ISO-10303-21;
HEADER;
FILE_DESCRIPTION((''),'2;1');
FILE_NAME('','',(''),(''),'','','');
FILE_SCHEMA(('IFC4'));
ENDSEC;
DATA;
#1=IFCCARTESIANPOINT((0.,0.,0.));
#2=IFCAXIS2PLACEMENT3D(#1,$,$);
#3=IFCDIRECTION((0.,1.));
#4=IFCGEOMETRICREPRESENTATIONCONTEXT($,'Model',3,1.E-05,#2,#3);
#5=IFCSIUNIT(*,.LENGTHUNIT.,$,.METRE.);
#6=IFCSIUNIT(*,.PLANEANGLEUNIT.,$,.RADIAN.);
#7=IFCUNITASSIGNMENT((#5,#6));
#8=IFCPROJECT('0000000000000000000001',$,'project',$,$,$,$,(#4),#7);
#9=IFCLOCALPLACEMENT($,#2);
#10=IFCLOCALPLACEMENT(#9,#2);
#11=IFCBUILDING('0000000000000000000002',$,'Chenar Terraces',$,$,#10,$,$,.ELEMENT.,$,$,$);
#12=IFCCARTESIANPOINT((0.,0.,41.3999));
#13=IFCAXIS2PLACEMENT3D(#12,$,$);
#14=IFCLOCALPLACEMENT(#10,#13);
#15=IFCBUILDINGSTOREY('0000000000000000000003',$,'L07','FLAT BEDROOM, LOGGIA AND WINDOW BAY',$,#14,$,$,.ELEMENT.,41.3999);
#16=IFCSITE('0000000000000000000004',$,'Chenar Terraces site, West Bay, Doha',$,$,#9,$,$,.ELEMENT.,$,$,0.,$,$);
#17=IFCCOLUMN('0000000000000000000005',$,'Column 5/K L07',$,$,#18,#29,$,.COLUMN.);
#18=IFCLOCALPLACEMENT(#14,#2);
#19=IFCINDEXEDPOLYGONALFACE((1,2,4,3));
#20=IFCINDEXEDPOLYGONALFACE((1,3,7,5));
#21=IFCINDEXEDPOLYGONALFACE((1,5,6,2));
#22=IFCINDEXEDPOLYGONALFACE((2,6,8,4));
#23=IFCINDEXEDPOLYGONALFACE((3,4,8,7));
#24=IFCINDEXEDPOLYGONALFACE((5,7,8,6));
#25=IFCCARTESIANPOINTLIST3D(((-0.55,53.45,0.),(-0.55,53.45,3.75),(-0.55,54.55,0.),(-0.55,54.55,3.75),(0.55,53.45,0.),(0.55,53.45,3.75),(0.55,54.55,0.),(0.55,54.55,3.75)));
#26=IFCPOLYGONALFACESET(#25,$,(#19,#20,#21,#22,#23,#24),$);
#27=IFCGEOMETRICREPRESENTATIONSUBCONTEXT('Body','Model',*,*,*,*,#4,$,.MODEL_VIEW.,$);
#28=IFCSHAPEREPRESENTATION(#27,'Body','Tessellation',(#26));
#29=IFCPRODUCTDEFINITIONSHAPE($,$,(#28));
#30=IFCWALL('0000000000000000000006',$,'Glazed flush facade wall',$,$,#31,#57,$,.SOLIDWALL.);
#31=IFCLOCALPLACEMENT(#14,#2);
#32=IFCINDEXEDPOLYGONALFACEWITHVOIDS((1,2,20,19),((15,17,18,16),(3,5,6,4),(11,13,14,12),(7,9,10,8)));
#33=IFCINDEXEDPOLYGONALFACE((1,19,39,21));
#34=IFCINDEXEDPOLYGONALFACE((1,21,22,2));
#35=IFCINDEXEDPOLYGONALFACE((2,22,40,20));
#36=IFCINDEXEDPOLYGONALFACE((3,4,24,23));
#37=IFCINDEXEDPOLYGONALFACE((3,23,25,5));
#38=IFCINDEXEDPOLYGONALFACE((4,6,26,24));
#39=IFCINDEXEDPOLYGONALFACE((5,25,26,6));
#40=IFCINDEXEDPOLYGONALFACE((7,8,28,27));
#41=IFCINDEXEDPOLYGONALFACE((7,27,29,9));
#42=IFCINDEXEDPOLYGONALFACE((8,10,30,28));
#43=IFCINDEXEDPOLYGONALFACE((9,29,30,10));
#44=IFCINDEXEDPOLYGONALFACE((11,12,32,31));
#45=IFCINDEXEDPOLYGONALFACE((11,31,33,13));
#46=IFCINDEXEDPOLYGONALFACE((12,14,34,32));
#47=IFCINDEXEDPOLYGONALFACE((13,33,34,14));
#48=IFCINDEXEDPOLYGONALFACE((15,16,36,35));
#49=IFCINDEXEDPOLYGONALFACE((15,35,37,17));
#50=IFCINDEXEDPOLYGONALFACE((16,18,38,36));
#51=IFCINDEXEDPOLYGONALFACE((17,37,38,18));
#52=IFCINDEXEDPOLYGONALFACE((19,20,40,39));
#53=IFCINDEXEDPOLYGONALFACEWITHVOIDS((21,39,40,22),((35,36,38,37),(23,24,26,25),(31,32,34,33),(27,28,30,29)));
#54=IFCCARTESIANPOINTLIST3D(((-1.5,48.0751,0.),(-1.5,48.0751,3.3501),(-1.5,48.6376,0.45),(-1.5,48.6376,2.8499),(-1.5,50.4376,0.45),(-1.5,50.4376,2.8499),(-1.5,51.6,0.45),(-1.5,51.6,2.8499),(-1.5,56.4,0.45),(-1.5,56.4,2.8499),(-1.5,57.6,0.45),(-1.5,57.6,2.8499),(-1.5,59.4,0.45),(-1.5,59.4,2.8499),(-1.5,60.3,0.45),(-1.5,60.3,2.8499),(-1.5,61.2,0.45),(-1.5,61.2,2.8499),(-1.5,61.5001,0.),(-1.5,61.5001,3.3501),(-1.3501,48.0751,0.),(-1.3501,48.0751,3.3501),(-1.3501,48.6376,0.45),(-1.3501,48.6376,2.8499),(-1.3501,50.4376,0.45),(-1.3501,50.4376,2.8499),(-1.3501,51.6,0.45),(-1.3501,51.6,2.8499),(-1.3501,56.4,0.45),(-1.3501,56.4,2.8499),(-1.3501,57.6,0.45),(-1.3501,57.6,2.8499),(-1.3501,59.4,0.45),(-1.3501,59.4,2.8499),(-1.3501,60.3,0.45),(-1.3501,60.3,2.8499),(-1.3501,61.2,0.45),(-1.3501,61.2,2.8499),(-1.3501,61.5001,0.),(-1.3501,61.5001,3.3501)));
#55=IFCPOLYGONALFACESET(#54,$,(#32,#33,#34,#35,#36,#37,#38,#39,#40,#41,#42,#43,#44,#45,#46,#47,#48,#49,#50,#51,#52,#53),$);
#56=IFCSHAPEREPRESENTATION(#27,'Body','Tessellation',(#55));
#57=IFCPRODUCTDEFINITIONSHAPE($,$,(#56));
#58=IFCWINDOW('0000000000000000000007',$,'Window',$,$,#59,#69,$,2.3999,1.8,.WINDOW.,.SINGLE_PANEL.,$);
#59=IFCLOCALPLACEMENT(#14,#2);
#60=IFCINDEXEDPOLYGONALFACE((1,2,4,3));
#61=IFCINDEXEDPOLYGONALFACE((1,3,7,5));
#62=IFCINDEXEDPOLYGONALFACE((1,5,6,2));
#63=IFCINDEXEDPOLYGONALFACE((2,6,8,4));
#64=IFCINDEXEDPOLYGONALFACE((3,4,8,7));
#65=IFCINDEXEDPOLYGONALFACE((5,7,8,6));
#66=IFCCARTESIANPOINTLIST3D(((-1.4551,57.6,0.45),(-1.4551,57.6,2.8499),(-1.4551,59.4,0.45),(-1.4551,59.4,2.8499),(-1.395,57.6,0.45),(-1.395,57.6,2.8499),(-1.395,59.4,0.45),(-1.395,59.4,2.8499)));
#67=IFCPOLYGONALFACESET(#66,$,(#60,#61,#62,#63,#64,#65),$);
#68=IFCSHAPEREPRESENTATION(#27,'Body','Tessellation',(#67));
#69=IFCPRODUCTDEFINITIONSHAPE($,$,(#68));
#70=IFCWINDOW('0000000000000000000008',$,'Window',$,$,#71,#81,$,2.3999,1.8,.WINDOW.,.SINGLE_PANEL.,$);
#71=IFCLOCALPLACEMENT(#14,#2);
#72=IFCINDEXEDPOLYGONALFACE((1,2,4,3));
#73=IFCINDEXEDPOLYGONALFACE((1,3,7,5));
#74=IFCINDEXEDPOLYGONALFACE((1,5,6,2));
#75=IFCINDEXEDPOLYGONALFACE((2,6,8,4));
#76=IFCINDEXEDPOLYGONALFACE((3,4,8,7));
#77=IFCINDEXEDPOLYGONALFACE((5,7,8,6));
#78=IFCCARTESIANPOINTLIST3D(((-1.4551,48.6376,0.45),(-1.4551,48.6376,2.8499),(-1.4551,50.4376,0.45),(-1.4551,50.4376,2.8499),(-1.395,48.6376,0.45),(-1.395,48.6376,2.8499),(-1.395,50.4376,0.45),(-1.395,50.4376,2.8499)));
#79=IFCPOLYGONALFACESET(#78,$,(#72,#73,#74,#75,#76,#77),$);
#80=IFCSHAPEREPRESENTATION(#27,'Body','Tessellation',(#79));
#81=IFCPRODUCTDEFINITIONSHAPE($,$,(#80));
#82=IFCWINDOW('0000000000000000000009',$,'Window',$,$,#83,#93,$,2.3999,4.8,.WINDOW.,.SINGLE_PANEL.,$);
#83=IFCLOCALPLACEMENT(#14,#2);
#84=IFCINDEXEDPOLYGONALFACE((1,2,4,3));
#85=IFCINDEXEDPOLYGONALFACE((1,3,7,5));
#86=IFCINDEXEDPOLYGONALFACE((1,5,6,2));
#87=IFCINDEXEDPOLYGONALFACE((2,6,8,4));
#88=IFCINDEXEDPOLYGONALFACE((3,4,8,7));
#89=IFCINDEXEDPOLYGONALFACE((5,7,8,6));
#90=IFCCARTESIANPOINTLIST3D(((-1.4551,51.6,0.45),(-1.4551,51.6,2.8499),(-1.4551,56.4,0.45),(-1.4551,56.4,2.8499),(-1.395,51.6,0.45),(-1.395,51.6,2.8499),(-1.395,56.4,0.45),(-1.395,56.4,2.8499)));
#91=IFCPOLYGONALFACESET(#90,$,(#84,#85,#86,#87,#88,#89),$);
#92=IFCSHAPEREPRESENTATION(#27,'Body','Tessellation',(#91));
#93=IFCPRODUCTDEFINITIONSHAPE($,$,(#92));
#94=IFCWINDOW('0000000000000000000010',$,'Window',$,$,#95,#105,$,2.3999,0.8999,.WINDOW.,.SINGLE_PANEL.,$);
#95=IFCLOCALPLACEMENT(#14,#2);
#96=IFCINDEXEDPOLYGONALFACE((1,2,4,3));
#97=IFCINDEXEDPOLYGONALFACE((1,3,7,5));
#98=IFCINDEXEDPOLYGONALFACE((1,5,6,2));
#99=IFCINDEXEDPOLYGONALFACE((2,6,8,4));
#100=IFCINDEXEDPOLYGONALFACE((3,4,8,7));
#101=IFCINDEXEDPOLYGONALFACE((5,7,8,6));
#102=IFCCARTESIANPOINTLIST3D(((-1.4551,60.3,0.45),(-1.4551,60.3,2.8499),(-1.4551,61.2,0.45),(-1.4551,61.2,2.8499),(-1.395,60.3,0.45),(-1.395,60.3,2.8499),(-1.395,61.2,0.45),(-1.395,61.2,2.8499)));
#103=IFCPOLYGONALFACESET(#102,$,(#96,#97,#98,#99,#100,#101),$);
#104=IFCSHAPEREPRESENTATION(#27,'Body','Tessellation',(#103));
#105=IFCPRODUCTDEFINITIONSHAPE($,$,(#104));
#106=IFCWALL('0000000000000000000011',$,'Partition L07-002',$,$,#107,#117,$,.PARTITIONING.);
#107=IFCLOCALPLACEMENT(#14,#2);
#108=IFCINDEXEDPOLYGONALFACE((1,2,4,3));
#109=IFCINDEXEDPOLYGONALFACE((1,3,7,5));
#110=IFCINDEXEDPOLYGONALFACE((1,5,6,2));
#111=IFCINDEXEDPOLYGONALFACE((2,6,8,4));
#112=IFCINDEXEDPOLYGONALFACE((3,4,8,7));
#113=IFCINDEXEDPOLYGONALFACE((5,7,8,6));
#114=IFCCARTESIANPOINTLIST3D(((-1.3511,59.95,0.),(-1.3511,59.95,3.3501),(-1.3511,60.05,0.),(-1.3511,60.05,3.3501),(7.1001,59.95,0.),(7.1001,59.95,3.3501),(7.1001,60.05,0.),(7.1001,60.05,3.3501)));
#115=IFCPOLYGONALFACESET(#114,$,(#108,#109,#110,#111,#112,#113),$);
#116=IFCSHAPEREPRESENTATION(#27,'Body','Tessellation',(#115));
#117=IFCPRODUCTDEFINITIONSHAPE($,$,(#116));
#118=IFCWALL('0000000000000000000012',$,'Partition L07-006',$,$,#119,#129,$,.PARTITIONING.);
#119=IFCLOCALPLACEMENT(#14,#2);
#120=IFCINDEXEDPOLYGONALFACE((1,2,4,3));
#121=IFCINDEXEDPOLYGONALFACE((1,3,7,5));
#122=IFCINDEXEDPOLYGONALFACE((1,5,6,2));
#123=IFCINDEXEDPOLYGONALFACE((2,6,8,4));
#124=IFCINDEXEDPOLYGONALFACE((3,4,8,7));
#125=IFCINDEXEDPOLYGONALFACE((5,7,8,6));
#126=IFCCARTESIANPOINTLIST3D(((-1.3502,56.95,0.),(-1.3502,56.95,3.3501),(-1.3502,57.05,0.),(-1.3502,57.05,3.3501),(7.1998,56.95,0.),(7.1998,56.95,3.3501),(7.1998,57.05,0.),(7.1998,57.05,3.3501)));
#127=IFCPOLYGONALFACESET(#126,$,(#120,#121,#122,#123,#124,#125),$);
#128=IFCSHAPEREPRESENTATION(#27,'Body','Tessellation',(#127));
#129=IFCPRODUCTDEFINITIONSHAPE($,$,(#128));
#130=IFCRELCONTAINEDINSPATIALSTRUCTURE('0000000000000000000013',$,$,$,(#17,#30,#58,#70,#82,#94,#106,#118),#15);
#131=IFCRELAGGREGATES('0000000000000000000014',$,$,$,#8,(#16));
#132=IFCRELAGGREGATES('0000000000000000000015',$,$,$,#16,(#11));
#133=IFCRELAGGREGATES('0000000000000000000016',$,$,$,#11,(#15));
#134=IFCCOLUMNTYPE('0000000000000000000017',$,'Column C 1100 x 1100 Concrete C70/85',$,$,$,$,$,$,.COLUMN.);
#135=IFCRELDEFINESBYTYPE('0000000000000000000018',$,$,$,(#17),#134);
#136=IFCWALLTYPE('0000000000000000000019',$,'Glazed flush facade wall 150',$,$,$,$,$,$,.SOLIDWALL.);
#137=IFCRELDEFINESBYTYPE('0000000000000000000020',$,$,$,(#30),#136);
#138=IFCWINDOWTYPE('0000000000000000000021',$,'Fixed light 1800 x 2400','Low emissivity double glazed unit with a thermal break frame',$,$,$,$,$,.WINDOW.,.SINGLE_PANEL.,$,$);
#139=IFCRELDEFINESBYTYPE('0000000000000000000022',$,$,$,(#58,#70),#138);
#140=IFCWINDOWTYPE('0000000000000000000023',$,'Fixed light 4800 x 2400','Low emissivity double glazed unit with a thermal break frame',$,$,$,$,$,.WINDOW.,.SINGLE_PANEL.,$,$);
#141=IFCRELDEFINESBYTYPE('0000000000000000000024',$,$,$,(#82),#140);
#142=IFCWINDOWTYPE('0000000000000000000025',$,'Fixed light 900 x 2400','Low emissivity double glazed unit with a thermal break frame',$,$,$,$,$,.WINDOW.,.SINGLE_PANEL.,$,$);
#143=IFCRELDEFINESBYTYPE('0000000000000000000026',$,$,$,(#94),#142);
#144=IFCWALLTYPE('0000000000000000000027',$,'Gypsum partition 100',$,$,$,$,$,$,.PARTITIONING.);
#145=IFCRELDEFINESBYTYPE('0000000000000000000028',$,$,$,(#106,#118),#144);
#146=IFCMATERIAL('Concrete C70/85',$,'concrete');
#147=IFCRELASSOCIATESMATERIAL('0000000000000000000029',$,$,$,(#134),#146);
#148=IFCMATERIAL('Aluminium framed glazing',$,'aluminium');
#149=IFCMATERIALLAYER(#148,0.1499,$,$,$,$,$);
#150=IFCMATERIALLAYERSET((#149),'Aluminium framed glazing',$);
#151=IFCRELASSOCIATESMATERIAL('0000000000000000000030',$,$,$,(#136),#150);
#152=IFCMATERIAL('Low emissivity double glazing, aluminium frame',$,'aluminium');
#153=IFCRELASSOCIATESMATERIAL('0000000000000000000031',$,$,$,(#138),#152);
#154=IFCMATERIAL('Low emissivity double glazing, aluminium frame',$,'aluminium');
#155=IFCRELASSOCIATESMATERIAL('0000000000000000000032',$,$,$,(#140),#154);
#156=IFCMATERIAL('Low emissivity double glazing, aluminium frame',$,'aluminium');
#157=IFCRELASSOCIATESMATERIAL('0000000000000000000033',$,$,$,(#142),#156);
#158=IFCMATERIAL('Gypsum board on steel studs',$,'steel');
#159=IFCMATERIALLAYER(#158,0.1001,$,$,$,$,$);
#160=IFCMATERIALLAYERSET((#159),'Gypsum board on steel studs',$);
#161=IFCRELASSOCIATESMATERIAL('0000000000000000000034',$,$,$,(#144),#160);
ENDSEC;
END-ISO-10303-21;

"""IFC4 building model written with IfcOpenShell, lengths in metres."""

from ifc_helpers import new_model, si_unit, direction, frame, frame_2d, origin, origin_2d, place, context, subcontext, project, spatial, rectangle, extrude, material, layer, layer_set, material_profile, profile_set, type_object, element, fill, save


model = new_model("IFC4")

# Units and contexts
model_context = context("Model", 3, precision=1e-05, world=origin(), true_north=direction((0.0, 1.0)))
body_context = subcontext(model_context, "Body", "Model", "MODEL_VIEW")
ifc_project = project(units=[si_unit("LENGTHUNIT", "METRE"), si_unit("PLANEANGLEUNIT", "RADIAN")], contexts=[model_context])

# Site, building, storey
site_placement = place(None, origin())
site = spatial("IfcSite", under=ifc_project, at=site_placement, Name="Chenar Terraces site, West Bay, Doha", CompositionType="ELEMENT", RefElevation=0.0)
building_placement = place(site_placement, origin())
building = spatial("IfcBuilding", under=site, at=building_placement, Name="Chenar Terraces", CompositionType="ELEMENT")
storey_placement = place(building_placement, frame((0.0, 0.0, 41.3999)))
storey = spatial("IfcBuildingStorey", under=building, at=storey_placement, Name="L07", Description="FLAT BEDROOM, LOGGIA AND WINDOW BAY", CompositionType="ELEMENT", Elevation=41.3999)

# Column
ifc_material_1 = material(Name="Concrete C70/85", Category="concrete")
ifc_material_profile_1 = material_profile(ifc_material_1, rectangle(XDim=1.1001, YDim=1.1001, at=origin_2d()), Name="C 1100 x 1100")
ifc_profile_set_1 = profile_set([ifc_material_profile_1], Name="Concrete C70/85")
column_type = type_object("IfcColumnType", Name="Column C 1100 x 1100 Concrete C70/85", PredefinedType="COLUMN", material=ifc_profile_set_1)
column_placement = place(storey_placement, frame((0.0, 54.0, 0.0), z_axis=(0.0, 0.0, 1.0), x_axis=(1.0, 0.0, 0.0)))
element("IfcColumn", 1, at=column_placement, inside=storey, type_object=column_type, Name="Column 5/K L07", PredefinedType="COLUMN", context=body_context, shape_type="SweptSolid", body=[
    extrude(rectangle(XDim=1.1001, YDim=1.1001, at=origin_2d()), origin(), (0.0, 0.0, 1.0), 3.75),
])

# Wall, openings, windows
ifc_material_2 = material(Name="Aluminium framed glazing", Category="aluminium")
ifc_layer_1 = layer(ifc_material_2, 0.1499)
ifc_layer_set_1 = layer_set([ifc_layer_1], Name="Aluminium framed glazing")
wall_type_1 = type_object("IfcWallType", Name="Glazed flush facade wall 150", PredefinedType="SOLIDWALL", material=ifc_layer_set_1)
wall_1_placement = place(storey_placement, frame((-1.425, 61.5, 0.0), z_axis=(0.0, 0.0, 1.0), x_axis=(0.0, -1.0, 0.0)))
wall_1 = element("IfcWall", 2, at=wall_1_placement, inside=storey, type_object=wall_type_1, Name="Glazed flush facade wall", PredefinedType="SOLIDWALL", context=body_context, shape_type="SweptSolid", body=[
    extrude(rectangle(XDim=13.425, YDim=0.1499, at=frame_2d((6.7124, 0.0))), origin(), (0.0, 0.0, 1.0), 3.3501),
])
opening_1_placement = place(wall_1_placement, frame((0.3, 0.0, 0.45)))
opening_1 = element("IfcOpeningElement", 3, at=opening_1_placement, cuts=wall_1, PredefinedType="OPENING", context=body_context, shape_type="SweptSolid", body=[
    extrude(rectangle(XDim=0.8999, YDim=2.3999, at=frame_2d((0.45, 1.2))), frame((0.0, 0.085, 0.0), z_axis=(0.0, -1.0, 0.0), x_axis=(1.0, 0.0, 0.0)), (0.0, 0.0, 1.0), 0.1699),
])
opening_2_placement = place(wall_1_placement, frame((2.1001, 0.0, 0.45)))
opening_2 = element("IfcOpeningElement", 4, at=opening_2_placement, cuts=wall_1, PredefinedType="OPENING", context=body_context, shape_type="SweptSolid", body=[
    extrude(rectangle(XDim=1.8, YDim=2.3999, at=frame_2d((0.8999, 1.2))), frame((0.0, 0.085, 0.0), z_axis=(0.0, -1.0, 0.0), x_axis=(1.0, 0.0, 0.0)), (0.0, 0.0, 1.0), 0.1699),
])
opening_3_placement = place(wall_1_placement, frame((5.1001, 0.0, 0.45)))
opening_3 = element("IfcOpeningElement", 5, at=opening_3_placement, cuts=wall_1, PredefinedType="OPENING", context=body_context, shape_type="SweptSolid", body=[
    extrude(rectangle(XDim=4.8, YDim=2.3999, at=frame_2d((2.3999, 1.2))), frame((0.0, 0.085, 0.0), z_axis=(0.0, -1.0, 0.0), x_axis=(1.0, 0.0, 0.0)), (0.0, 0.0, 1.0), 0.1699),
])
opening_4_placement = place(wall_1_placement, frame((11.0625, 0.0, 0.45)))
opening_4 = element("IfcOpeningElement", 6, at=opening_4_placement, cuts=wall_1, PredefinedType="OPENING", context=body_context, shape_type="SweptSolid", body=[
    extrude(rectangle(XDim=1.8, YDim=2.3999, at=frame_2d((0.8999, 1.2))), frame((0.0, 0.085, 0.0), z_axis=(0.0, -1.0, 0.0), x_axis=(1.0, 0.0, 0.0)), (0.0, 0.0, 1.0), 0.1699),
])
ifc_material_3 = material(Name="Low emissivity double glazing, aluminium frame", Category="aluminium")
window_type_1 = type_object("IfcWindowType", Name="Fixed light 1800 x 2400", Description="Low emissivity double glazed unit with a thermal break frame", PartitioningType="SINGLE_PANEL", PredefinedType="WINDOW", material=ifc_material_3)
window_1_placement = place(opening_2_placement, origin())
window_1 = element("IfcWindow", 7, at=window_1_placement, inside=storey, type_object=window_type_1, Name="Window", OverallHeight=2.3999, OverallWidth=1.8, PartitioningType="SINGLE_PANEL", PredefinedType="WINDOW", context=body_context, shape_type="SweptSolid", body=[
    extrude(rectangle(XDim=1.8, YDim=2.3999, at=frame_2d((0.8999, 1.2))), frame((0.0, 0.03, 0.0), z_axis=(0.0, -1.0, 0.0), x_axis=(1.0, 0.0, 0.0)), (0.0, 0.0, 1.0), 0.0601),
])
fill(opening_2, window_1)
window_2_placement = place(opening_4_placement, origin())
window_2 = element("IfcWindow", 8, at=window_2_placement, inside=storey, type_object=window_type_1, Name="Window", OverallHeight=2.3999, OverallWidth=1.8, PartitioningType="SINGLE_PANEL", PredefinedType="WINDOW", context=body_context, shape_type="SweptSolid", body=[
    extrude(rectangle(XDim=1.8, YDim=2.3999, at=frame_2d((0.8999, 1.2))), frame((0.0, 0.03, 0.0), z_axis=(0.0, -1.0, 0.0), x_axis=(1.0, 0.0, 0.0)), (0.0, 0.0, 1.0), 0.0601),
])
fill(opening_4, window_2)
ifc_material_4 = material(Name="Low emissivity double glazing, aluminium frame", Category="aluminium")
window_type_2 = type_object("IfcWindowType", Name="Fixed light 4800 x 2400", Description="Low emissivity double glazed unit with a thermal break frame", PartitioningType="SINGLE_PANEL", PredefinedType="WINDOW", material=ifc_material_4)
window_3_placement = place(opening_3_placement, origin())
window_3 = element("IfcWindow", 9, at=window_3_placement, inside=storey, type_object=window_type_2, Name="Window", OverallHeight=2.3999, OverallWidth=4.8, PartitioningType="SINGLE_PANEL", PredefinedType="WINDOW", context=body_context, shape_type="SweptSolid", body=[
    extrude(rectangle(XDim=4.8, YDim=2.3999, at=frame_2d((2.3999, 1.2))), frame((0.0, 0.03, 0.0), z_axis=(0.0, -1.0, 0.0), x_axis=(1.0, 0.0, 0.0)), (0.0, 0.0, 1.0), 0.0601),
])
fill(opening_3, window_3)
ifc_material_5 = material(Name="Low emissivity double glazing, aluminium frame", Category="aluminium")
window_type_3 = type_object("IfcWindowType", Name="Fixed light 900 x 2400", Description="Low emissivity double glazed unit with a thermal break frame", PartitioningType="SINGLE_PANEL", PredefinedType="WINDOW", material=ifc_material_5)
window_4_placement = place(opening_1_placement, origin())
window_4 = element("IfcWindow", 10, at=window_4_placement, inside=storey, type_object=window_type_3, Name="Window", OverallHeight=2.3999, OverallWidth=0.8999, PartitioningType="SINGLE_PANEL", PredefinedType="WINDOW", context=body_context, shape_type="SweptSolid", body=[
    extrude(rectangle(XDim=0.8999, YDim=2.3999, at=frame_2d((0.45, 1.2))), frame((0.0, 0.03, 0.0), z_axis=(0.0, -1.0, 0.0), x_axis=(1.0, 0.0, 0.0)), (0.0, 0.0, 1.0), 0.0601),
])
fill(opening_1, window_4)

# Walls
ifc_material_6 = material(Name="Gypsum board on steel studs", Category="steel")
ifc_layer_2 = layer(ifc_material_6, 0.1001)
ifc_layer_set_2 = layer_set([ifc_layer_2], Name="Gypsum board on steel studs")
wall_type_2 = type_object("IfcWallType", Name="Gypsum partition 100", PredefinedType="PARTITIONING", material=ifc_layer_set_2)
wall_2_placement = place(storey_placement, frame((-1.3511, 60.0, 0.0), z_axis=(0.0, 0.0, 1.0), x_axis=(1.0, 0.0, 0.0)))
element("IfcWall", 11, at=wall_2_placement, inside=storey, type_object=wall_type_2, Name="Partition L07-002", PredefinedType="PARTITIONING", context=body_context, shape_type="SweptSolid", body=[
    extrude(rectangle(XDim=8.4512, YDim=0.1001, at=frame_2d((4.2256, 0.0))), origin(), (0.0, 0.0, 1.0), 3.3501),
])
wall_3_placement = place(storey_placement, frame((-1.3501, 57.0, 0.0), z_axis=(0.0, 0.0, 1.0), x_axis=(1.0, 0.0, 0.0)))
element("IfcWall", 12, at=wall_3_placement, inside=storey, type_object=wall_type_2, Name="Partition L07-006", PredefinedType="PARTITIONING", context=body_context, shape_type="SweptSolid", body=[
    extrude(rectangle(XDim=8.55, YDim=0.1001, at=frame_2d((4.2749, 0.0))), origin(), (0.0, 0.0, 1.0), 3.3501),
])

save(model, "model.ifc")
